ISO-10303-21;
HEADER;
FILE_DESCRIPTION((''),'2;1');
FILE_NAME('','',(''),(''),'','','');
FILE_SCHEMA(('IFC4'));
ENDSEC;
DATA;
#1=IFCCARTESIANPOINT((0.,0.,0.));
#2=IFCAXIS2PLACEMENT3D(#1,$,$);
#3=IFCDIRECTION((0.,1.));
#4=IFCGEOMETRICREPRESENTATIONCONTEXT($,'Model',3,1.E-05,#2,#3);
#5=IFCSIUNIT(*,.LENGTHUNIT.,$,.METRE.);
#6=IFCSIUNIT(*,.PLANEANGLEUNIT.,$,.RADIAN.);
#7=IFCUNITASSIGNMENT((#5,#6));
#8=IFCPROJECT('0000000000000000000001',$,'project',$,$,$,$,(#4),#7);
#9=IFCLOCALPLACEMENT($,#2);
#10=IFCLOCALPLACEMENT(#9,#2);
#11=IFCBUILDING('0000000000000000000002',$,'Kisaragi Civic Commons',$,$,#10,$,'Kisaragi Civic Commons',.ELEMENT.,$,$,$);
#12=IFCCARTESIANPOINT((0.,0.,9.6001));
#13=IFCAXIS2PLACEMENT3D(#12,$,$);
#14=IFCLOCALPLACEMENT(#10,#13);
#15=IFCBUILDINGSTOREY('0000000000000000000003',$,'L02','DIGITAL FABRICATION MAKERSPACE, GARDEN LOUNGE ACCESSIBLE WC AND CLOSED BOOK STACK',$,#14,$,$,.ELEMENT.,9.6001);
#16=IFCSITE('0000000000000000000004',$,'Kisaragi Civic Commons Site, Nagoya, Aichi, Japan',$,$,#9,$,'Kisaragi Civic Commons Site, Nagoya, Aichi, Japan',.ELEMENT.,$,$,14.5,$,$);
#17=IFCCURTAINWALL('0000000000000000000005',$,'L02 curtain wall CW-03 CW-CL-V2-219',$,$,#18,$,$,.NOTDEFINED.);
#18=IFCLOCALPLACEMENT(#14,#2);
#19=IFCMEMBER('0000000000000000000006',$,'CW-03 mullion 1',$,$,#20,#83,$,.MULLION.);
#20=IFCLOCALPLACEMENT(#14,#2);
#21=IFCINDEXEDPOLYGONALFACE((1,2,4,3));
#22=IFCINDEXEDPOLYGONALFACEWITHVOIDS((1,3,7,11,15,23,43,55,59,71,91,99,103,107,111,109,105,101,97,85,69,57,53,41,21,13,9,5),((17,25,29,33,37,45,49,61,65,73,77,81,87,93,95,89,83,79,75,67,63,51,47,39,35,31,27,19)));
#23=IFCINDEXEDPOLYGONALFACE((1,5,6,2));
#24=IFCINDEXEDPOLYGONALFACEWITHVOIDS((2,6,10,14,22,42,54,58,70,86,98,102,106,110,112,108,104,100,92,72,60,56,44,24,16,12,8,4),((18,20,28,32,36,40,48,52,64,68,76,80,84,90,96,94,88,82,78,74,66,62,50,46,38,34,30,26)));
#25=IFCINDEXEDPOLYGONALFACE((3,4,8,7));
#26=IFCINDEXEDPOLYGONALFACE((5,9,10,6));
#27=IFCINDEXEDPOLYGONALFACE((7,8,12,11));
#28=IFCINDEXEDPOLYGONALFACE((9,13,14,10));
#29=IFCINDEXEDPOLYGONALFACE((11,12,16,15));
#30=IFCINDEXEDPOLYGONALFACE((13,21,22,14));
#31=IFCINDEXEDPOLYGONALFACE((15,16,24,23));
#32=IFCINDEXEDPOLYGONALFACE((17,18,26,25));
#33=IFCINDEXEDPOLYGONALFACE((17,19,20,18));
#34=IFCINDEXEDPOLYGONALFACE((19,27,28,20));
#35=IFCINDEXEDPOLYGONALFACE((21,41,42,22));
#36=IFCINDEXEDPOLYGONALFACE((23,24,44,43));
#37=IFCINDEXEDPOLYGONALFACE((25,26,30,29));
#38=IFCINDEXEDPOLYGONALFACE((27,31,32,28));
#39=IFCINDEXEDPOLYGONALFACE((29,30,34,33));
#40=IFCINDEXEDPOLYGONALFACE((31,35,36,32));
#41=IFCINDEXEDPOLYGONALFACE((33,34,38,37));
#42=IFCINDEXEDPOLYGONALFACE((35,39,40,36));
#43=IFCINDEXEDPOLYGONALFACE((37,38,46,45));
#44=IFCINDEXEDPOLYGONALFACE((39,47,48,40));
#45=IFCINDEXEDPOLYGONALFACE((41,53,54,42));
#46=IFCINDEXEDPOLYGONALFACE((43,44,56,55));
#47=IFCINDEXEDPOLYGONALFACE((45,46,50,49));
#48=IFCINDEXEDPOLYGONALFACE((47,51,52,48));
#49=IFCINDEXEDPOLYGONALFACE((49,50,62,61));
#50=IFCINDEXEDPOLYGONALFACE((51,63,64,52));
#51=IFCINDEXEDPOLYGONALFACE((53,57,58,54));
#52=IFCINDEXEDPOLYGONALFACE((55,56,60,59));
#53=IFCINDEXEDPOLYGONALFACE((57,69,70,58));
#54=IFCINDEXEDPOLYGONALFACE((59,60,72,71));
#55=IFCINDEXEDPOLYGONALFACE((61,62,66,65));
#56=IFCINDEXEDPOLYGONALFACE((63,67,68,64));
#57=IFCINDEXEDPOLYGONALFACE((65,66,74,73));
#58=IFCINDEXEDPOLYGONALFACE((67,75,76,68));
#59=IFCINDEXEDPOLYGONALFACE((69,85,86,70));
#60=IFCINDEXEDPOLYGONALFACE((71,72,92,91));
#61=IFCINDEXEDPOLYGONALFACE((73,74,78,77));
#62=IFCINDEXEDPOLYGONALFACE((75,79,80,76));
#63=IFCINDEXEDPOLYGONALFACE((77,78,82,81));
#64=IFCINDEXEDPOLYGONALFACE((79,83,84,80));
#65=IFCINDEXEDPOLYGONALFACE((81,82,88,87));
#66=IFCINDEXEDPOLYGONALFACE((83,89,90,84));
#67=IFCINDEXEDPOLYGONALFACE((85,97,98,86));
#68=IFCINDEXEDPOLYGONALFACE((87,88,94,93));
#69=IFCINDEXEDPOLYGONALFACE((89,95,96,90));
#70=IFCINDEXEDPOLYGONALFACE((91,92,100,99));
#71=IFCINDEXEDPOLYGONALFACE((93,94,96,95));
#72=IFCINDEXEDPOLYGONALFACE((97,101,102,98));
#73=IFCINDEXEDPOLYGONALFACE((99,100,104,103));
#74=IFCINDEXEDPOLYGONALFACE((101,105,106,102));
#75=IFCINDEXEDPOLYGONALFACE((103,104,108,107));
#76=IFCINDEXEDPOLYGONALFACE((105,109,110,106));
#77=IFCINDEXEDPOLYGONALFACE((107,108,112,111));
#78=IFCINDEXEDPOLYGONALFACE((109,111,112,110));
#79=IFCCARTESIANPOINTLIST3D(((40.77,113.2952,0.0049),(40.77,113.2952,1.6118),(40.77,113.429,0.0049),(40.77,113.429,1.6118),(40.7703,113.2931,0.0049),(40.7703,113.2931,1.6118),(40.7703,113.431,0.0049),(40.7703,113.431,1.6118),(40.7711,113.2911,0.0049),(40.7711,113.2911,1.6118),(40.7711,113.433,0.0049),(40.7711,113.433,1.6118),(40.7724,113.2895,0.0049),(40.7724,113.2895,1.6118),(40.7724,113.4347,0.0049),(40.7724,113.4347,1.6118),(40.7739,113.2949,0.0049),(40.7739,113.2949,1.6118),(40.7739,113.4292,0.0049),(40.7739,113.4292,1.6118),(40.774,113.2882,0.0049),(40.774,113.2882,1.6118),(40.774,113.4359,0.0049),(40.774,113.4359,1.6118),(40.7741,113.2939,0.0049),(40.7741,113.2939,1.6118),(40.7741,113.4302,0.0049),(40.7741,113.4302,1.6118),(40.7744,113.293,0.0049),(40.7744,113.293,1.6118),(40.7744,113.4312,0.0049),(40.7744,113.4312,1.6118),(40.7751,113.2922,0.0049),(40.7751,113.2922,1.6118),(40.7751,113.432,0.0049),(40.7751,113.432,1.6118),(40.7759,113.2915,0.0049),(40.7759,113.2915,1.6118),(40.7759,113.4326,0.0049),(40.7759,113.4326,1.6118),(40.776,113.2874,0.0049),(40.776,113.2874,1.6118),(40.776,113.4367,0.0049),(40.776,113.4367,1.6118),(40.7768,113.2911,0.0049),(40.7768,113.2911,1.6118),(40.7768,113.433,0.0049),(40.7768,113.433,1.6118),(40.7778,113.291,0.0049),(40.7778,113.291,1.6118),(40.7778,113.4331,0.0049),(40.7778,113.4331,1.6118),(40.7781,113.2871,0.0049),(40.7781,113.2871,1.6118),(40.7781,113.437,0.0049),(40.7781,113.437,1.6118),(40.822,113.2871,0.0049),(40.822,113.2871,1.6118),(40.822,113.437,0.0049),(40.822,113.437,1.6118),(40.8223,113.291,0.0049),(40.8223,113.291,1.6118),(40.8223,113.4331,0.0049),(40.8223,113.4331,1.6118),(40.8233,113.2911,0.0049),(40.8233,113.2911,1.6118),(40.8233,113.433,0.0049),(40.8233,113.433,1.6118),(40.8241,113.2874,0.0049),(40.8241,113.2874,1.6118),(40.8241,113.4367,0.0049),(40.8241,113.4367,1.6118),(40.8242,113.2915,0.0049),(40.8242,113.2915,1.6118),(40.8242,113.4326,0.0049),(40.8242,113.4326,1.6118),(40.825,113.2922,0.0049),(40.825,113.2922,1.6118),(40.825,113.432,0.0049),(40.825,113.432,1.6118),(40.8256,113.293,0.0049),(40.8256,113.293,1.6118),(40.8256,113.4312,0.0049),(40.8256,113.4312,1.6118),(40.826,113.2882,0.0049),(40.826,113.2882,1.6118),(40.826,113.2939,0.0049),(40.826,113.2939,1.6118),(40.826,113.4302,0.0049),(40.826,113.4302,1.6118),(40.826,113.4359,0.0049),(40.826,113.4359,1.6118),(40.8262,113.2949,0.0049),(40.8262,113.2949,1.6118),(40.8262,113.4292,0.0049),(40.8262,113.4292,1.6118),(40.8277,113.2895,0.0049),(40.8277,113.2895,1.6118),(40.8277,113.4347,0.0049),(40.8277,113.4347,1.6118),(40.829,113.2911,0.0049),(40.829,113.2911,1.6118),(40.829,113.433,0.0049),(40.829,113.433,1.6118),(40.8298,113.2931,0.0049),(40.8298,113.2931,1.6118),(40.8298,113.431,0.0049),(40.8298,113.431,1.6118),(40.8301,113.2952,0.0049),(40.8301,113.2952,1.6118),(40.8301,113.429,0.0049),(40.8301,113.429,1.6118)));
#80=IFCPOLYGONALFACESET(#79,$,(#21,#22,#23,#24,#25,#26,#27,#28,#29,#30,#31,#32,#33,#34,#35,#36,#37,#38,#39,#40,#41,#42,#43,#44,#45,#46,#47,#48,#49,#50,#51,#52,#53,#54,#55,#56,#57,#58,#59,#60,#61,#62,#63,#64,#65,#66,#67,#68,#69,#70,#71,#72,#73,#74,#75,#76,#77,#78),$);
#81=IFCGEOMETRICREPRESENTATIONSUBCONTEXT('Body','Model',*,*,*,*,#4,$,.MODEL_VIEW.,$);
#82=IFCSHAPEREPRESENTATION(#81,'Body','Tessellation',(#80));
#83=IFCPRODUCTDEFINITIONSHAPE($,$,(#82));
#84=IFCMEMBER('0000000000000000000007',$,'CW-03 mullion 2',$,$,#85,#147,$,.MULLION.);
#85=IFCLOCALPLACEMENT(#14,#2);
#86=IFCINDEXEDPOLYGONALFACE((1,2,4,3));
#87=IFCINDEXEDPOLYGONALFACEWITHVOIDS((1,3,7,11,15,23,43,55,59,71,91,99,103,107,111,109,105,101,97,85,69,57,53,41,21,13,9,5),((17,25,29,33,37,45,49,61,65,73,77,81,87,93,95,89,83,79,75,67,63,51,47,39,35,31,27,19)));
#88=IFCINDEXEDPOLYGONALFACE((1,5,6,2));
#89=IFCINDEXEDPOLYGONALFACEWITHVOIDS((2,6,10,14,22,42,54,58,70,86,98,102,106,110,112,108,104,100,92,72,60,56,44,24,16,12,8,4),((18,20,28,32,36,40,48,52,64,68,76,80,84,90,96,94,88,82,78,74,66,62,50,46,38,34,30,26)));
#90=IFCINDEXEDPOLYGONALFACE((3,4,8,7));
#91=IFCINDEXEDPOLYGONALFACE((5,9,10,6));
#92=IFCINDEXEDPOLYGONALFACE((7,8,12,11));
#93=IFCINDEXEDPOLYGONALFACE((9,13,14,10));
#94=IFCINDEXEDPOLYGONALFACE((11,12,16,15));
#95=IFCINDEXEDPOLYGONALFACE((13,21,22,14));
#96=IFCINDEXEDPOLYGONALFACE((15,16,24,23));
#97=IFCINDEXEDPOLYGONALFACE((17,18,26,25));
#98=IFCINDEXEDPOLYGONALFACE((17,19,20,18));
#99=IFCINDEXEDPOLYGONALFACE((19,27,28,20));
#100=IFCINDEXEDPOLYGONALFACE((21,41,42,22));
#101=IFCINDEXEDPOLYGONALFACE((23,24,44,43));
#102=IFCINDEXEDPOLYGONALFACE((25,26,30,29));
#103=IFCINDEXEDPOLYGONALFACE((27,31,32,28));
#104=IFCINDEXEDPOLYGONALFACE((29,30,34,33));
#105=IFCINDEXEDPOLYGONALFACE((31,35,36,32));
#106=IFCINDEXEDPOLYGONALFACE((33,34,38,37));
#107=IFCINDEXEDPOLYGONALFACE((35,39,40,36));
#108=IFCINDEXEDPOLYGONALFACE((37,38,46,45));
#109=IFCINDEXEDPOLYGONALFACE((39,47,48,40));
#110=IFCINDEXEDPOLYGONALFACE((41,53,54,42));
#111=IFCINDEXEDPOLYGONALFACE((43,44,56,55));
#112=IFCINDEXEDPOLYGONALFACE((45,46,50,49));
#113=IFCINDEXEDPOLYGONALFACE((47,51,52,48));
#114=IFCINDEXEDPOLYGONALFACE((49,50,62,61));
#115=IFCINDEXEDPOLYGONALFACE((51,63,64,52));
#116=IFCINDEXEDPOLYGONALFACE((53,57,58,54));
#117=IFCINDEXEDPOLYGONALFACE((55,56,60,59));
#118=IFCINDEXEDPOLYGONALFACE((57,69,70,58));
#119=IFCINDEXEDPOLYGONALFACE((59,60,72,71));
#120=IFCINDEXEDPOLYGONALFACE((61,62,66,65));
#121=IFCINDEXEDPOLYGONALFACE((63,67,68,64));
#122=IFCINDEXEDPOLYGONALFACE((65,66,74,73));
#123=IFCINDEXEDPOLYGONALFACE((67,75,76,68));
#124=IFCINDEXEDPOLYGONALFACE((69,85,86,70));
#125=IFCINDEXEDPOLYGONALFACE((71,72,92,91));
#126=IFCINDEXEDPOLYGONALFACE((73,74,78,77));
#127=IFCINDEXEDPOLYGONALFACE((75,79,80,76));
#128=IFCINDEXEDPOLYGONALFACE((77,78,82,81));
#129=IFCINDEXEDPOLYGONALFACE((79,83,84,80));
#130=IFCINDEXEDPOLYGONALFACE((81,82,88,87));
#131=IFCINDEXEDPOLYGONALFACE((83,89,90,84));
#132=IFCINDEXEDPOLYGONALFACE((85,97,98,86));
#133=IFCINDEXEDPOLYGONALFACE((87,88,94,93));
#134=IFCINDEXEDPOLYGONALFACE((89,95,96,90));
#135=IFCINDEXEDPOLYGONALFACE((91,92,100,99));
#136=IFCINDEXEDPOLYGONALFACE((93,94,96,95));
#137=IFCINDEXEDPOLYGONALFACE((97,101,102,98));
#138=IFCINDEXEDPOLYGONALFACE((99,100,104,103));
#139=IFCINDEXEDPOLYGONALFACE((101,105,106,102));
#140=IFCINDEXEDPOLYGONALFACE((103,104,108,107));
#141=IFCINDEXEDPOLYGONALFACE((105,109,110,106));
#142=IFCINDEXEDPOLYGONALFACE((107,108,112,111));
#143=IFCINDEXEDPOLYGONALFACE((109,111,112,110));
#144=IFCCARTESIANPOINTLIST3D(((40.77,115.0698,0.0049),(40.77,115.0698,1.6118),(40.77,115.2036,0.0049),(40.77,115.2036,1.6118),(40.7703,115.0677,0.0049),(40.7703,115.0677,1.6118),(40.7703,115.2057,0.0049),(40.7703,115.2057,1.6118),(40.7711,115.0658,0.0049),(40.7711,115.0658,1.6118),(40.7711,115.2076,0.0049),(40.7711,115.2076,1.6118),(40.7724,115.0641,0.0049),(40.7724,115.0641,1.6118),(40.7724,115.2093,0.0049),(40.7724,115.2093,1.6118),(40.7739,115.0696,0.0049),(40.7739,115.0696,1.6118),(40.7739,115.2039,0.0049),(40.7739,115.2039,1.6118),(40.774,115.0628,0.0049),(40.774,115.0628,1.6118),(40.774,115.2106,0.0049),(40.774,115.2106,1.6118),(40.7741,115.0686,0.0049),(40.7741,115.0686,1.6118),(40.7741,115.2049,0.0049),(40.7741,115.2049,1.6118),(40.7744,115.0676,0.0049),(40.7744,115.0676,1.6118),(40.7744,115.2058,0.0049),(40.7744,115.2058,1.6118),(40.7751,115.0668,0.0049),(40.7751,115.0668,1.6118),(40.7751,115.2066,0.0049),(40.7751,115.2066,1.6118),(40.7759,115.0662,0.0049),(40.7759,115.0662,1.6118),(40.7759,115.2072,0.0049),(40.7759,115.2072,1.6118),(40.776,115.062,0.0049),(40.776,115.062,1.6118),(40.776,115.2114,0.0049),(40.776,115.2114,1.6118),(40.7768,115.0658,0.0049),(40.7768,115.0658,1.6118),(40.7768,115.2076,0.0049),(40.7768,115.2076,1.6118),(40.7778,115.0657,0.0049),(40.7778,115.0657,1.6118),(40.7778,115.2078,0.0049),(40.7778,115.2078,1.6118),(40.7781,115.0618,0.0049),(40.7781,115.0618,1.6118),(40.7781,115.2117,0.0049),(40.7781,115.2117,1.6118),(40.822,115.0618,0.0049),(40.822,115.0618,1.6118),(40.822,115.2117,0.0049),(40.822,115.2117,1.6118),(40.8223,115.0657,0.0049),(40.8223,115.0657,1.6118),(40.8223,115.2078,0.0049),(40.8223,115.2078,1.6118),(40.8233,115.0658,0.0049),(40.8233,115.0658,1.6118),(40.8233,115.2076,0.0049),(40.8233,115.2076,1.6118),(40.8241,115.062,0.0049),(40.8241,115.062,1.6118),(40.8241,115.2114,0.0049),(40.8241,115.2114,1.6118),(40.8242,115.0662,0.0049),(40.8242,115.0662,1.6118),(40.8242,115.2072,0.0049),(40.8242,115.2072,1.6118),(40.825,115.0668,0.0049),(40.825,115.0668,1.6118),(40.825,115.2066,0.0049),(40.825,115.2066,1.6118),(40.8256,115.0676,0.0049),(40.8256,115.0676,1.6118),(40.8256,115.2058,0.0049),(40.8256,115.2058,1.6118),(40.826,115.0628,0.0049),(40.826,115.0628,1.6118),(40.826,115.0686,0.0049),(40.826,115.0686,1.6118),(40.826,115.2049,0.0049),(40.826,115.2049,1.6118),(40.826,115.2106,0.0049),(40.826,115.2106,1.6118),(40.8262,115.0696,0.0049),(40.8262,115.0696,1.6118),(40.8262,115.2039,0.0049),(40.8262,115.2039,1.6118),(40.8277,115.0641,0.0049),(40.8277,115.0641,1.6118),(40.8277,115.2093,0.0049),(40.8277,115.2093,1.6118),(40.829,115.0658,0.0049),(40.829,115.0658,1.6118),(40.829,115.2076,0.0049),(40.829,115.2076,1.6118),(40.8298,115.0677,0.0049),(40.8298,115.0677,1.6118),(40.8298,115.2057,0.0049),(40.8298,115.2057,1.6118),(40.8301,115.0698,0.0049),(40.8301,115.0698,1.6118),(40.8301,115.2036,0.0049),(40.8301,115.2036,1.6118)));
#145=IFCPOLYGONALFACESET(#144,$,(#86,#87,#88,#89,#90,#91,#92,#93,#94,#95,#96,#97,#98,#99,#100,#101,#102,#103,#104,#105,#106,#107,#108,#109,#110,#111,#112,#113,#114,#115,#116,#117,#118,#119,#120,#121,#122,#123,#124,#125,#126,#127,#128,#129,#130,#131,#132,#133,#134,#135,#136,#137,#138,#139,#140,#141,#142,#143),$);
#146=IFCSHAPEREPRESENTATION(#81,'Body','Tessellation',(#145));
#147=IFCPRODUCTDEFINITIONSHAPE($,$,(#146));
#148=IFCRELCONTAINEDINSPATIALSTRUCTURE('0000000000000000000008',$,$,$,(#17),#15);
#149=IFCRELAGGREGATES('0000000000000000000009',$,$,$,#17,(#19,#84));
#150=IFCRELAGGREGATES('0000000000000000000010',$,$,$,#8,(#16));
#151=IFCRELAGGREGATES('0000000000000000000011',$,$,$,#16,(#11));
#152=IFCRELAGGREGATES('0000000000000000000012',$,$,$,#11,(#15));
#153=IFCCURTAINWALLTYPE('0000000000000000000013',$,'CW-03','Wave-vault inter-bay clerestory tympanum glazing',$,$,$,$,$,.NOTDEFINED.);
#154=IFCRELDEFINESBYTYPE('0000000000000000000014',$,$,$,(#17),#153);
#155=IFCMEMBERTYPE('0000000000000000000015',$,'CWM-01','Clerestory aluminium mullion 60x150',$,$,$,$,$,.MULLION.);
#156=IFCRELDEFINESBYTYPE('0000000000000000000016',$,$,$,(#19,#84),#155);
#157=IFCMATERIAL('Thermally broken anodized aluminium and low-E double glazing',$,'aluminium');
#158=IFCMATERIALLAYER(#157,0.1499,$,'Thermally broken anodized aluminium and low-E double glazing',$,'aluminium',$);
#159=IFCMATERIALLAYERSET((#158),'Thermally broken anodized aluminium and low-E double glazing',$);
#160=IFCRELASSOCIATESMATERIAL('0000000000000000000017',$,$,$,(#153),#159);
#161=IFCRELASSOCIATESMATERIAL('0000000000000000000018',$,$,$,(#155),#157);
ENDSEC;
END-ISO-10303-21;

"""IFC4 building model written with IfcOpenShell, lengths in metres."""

from ifc_helpers import new_model, si_unit, direction, frame, origin, origin_2d, place, context, subcontext, project, spatial, hollow_rectangle, extrude, material, layer, layer_set, material_profile, profile_set, type_object, element, aggregate, save


model = new_model("IFC4")

# Units and contexts
model_context = context("Model", 3, precision=1e-05, world=origin(), true_north=direction((0.0, 1.0)))
body_context = subcontext(model_context, "Body", "Model", "MODEL_VIEW")
ifc_project = project(units=[si_unit("LENGTHUNIT", "METRE"), si_unit("PLANEANGLEUNIT", "RADIAN")], contexts=[model_context])

# Site, building, storey
site_placement = place(None, origin())
site = spatial("IfcSite", under=ifc_project, at=site_placement, Name="Kisaragi Civic Commons Site, Nagoya, Aichi, Japan", LongName="Kisaragi Civic Commons Site, Nagoya, Aichi, Japan", CompositionType="ELEMENT", RefElevation=14.5)
building_placement = place(site_placement, origin())
building = spatial("IfcBuilding", under=site, at=building_placement, Name="Kisaragi Civic Commons", LongName="Kisaragi Civic Commons", CompositionType="ELEMENT")
storey_placement = place(building_placement, frame((0.0, 0.0, 9.6001)))
storey = spatial("IfcBuildingStorey", under=building, at=storey_placement, Name="L02", Description="DIGITAL FABRICATION MAKERSPACE, GARDEN LOUNGE ACCESSIBLE WC AND CLOSED BOOK STACK", CompositionType="ELEMENT", Elevation=9.6001)

# Curtain wall, members
ifc_material_1 = material(Name="Thermally broken anodized aluminium and low-E double glazing", Category="aluminium")
ifc_layer_1 = layer(ifc_material_1, 0.1499, Name="Thermally broken anodized aluminium and low-E double glazing", Category="aluminium")
ifc_layer_set_1 = layer_set([ifc_layer_1], Name="Thermally broken anodized aluminium and low-E double glazing")
curtain_wall_type = type_object("IfcCurtainWallType", Name="CW-03", Description="Wave-vault inter-bay clerestory tympanum glazing", PredefinedType="NOTDEFINED", material=ifc_layer_set_1)
curtain_wall_placement = place(storey_placement, origin())
curtain_wall = element("IfcCurtainWall", 1, at=curtain_wall_placement, inside=storey, type_object=curtain_wall_type, Name="L02 curtain wall CW-03 CW-CL-V2-219", PredefinedType="NOTDEFINED")
ifc_material_profile_1 = material_profile(ifc_material_1, hollow_rectangle(XDim=0.0601, YDim=0.1499, WallThickness=0.0039, InnerFilletRadius=0.0039, OuterFilletRadius=0.0081, at=origin_2d()), Name="CWM-60x150x4", Category="aluminium")
ifc_profile_set_1 = profile_set([ifc_material_profile_1], Name="Thermally broken anodized aluminium and low-E double glazing")
member_type_1 = type_object("IfcMemberType", Name="CWM-01", Description="Clerestory aluminium mullion 60x150", PredefinedType="MULLION", material=ifc_profile_set_1)
member_1_placement = place(storey_placement, frame((40.8, 113.3621, 0.0049), z_axis=(0.0, 0.0, 1.0), x_axis=(-1.0, 0.0, 0.0)))
member_1 = element("IfcMember", 2, at=member_1_placement, type_object=member_type_1, Name="CW-03 mullion 1", PredefinedType="MULLION", context=body_context, shape_type="SweptSolid", body=[
    extrude(hollow_rectangle(XDim=0.0601, YDim=0.1499, WallThickness=0.0039, InnerFilletRadius=0.0039, OuterFilletRadius=0.0081, at=origin_2d()), origin(), (0.0, 0.0, 1.0), 1.6069),
])
member_2_placement = place(storey_placement, frame((40.8, 115.1367, 0.0049), z_axis=(0.0, 0.0, 1.0), x_axis=(-1.0, 0.0, 0.0)))
member_2 = element("IfcMember", 3, at=member_2_placement, type_object=member_type_1, Name="CW-03 mullion 2", PredefinedType="MULLION", context=body_context, shape_type="SweptSolid", body=[
    extrude(hollow_rectangle(XDim=0.0601, YDim=0.1499, WallThickness=0.0039, InnerFilletRadius=0.0039, OuterFilletRadius=0.0081, at=origin_2d()), origin(), (0.0, 0.0, 1.0), 1.6069),
])

aggregate(curtain_wall, [member_1, member_2])

save(model, "model.ifc")
